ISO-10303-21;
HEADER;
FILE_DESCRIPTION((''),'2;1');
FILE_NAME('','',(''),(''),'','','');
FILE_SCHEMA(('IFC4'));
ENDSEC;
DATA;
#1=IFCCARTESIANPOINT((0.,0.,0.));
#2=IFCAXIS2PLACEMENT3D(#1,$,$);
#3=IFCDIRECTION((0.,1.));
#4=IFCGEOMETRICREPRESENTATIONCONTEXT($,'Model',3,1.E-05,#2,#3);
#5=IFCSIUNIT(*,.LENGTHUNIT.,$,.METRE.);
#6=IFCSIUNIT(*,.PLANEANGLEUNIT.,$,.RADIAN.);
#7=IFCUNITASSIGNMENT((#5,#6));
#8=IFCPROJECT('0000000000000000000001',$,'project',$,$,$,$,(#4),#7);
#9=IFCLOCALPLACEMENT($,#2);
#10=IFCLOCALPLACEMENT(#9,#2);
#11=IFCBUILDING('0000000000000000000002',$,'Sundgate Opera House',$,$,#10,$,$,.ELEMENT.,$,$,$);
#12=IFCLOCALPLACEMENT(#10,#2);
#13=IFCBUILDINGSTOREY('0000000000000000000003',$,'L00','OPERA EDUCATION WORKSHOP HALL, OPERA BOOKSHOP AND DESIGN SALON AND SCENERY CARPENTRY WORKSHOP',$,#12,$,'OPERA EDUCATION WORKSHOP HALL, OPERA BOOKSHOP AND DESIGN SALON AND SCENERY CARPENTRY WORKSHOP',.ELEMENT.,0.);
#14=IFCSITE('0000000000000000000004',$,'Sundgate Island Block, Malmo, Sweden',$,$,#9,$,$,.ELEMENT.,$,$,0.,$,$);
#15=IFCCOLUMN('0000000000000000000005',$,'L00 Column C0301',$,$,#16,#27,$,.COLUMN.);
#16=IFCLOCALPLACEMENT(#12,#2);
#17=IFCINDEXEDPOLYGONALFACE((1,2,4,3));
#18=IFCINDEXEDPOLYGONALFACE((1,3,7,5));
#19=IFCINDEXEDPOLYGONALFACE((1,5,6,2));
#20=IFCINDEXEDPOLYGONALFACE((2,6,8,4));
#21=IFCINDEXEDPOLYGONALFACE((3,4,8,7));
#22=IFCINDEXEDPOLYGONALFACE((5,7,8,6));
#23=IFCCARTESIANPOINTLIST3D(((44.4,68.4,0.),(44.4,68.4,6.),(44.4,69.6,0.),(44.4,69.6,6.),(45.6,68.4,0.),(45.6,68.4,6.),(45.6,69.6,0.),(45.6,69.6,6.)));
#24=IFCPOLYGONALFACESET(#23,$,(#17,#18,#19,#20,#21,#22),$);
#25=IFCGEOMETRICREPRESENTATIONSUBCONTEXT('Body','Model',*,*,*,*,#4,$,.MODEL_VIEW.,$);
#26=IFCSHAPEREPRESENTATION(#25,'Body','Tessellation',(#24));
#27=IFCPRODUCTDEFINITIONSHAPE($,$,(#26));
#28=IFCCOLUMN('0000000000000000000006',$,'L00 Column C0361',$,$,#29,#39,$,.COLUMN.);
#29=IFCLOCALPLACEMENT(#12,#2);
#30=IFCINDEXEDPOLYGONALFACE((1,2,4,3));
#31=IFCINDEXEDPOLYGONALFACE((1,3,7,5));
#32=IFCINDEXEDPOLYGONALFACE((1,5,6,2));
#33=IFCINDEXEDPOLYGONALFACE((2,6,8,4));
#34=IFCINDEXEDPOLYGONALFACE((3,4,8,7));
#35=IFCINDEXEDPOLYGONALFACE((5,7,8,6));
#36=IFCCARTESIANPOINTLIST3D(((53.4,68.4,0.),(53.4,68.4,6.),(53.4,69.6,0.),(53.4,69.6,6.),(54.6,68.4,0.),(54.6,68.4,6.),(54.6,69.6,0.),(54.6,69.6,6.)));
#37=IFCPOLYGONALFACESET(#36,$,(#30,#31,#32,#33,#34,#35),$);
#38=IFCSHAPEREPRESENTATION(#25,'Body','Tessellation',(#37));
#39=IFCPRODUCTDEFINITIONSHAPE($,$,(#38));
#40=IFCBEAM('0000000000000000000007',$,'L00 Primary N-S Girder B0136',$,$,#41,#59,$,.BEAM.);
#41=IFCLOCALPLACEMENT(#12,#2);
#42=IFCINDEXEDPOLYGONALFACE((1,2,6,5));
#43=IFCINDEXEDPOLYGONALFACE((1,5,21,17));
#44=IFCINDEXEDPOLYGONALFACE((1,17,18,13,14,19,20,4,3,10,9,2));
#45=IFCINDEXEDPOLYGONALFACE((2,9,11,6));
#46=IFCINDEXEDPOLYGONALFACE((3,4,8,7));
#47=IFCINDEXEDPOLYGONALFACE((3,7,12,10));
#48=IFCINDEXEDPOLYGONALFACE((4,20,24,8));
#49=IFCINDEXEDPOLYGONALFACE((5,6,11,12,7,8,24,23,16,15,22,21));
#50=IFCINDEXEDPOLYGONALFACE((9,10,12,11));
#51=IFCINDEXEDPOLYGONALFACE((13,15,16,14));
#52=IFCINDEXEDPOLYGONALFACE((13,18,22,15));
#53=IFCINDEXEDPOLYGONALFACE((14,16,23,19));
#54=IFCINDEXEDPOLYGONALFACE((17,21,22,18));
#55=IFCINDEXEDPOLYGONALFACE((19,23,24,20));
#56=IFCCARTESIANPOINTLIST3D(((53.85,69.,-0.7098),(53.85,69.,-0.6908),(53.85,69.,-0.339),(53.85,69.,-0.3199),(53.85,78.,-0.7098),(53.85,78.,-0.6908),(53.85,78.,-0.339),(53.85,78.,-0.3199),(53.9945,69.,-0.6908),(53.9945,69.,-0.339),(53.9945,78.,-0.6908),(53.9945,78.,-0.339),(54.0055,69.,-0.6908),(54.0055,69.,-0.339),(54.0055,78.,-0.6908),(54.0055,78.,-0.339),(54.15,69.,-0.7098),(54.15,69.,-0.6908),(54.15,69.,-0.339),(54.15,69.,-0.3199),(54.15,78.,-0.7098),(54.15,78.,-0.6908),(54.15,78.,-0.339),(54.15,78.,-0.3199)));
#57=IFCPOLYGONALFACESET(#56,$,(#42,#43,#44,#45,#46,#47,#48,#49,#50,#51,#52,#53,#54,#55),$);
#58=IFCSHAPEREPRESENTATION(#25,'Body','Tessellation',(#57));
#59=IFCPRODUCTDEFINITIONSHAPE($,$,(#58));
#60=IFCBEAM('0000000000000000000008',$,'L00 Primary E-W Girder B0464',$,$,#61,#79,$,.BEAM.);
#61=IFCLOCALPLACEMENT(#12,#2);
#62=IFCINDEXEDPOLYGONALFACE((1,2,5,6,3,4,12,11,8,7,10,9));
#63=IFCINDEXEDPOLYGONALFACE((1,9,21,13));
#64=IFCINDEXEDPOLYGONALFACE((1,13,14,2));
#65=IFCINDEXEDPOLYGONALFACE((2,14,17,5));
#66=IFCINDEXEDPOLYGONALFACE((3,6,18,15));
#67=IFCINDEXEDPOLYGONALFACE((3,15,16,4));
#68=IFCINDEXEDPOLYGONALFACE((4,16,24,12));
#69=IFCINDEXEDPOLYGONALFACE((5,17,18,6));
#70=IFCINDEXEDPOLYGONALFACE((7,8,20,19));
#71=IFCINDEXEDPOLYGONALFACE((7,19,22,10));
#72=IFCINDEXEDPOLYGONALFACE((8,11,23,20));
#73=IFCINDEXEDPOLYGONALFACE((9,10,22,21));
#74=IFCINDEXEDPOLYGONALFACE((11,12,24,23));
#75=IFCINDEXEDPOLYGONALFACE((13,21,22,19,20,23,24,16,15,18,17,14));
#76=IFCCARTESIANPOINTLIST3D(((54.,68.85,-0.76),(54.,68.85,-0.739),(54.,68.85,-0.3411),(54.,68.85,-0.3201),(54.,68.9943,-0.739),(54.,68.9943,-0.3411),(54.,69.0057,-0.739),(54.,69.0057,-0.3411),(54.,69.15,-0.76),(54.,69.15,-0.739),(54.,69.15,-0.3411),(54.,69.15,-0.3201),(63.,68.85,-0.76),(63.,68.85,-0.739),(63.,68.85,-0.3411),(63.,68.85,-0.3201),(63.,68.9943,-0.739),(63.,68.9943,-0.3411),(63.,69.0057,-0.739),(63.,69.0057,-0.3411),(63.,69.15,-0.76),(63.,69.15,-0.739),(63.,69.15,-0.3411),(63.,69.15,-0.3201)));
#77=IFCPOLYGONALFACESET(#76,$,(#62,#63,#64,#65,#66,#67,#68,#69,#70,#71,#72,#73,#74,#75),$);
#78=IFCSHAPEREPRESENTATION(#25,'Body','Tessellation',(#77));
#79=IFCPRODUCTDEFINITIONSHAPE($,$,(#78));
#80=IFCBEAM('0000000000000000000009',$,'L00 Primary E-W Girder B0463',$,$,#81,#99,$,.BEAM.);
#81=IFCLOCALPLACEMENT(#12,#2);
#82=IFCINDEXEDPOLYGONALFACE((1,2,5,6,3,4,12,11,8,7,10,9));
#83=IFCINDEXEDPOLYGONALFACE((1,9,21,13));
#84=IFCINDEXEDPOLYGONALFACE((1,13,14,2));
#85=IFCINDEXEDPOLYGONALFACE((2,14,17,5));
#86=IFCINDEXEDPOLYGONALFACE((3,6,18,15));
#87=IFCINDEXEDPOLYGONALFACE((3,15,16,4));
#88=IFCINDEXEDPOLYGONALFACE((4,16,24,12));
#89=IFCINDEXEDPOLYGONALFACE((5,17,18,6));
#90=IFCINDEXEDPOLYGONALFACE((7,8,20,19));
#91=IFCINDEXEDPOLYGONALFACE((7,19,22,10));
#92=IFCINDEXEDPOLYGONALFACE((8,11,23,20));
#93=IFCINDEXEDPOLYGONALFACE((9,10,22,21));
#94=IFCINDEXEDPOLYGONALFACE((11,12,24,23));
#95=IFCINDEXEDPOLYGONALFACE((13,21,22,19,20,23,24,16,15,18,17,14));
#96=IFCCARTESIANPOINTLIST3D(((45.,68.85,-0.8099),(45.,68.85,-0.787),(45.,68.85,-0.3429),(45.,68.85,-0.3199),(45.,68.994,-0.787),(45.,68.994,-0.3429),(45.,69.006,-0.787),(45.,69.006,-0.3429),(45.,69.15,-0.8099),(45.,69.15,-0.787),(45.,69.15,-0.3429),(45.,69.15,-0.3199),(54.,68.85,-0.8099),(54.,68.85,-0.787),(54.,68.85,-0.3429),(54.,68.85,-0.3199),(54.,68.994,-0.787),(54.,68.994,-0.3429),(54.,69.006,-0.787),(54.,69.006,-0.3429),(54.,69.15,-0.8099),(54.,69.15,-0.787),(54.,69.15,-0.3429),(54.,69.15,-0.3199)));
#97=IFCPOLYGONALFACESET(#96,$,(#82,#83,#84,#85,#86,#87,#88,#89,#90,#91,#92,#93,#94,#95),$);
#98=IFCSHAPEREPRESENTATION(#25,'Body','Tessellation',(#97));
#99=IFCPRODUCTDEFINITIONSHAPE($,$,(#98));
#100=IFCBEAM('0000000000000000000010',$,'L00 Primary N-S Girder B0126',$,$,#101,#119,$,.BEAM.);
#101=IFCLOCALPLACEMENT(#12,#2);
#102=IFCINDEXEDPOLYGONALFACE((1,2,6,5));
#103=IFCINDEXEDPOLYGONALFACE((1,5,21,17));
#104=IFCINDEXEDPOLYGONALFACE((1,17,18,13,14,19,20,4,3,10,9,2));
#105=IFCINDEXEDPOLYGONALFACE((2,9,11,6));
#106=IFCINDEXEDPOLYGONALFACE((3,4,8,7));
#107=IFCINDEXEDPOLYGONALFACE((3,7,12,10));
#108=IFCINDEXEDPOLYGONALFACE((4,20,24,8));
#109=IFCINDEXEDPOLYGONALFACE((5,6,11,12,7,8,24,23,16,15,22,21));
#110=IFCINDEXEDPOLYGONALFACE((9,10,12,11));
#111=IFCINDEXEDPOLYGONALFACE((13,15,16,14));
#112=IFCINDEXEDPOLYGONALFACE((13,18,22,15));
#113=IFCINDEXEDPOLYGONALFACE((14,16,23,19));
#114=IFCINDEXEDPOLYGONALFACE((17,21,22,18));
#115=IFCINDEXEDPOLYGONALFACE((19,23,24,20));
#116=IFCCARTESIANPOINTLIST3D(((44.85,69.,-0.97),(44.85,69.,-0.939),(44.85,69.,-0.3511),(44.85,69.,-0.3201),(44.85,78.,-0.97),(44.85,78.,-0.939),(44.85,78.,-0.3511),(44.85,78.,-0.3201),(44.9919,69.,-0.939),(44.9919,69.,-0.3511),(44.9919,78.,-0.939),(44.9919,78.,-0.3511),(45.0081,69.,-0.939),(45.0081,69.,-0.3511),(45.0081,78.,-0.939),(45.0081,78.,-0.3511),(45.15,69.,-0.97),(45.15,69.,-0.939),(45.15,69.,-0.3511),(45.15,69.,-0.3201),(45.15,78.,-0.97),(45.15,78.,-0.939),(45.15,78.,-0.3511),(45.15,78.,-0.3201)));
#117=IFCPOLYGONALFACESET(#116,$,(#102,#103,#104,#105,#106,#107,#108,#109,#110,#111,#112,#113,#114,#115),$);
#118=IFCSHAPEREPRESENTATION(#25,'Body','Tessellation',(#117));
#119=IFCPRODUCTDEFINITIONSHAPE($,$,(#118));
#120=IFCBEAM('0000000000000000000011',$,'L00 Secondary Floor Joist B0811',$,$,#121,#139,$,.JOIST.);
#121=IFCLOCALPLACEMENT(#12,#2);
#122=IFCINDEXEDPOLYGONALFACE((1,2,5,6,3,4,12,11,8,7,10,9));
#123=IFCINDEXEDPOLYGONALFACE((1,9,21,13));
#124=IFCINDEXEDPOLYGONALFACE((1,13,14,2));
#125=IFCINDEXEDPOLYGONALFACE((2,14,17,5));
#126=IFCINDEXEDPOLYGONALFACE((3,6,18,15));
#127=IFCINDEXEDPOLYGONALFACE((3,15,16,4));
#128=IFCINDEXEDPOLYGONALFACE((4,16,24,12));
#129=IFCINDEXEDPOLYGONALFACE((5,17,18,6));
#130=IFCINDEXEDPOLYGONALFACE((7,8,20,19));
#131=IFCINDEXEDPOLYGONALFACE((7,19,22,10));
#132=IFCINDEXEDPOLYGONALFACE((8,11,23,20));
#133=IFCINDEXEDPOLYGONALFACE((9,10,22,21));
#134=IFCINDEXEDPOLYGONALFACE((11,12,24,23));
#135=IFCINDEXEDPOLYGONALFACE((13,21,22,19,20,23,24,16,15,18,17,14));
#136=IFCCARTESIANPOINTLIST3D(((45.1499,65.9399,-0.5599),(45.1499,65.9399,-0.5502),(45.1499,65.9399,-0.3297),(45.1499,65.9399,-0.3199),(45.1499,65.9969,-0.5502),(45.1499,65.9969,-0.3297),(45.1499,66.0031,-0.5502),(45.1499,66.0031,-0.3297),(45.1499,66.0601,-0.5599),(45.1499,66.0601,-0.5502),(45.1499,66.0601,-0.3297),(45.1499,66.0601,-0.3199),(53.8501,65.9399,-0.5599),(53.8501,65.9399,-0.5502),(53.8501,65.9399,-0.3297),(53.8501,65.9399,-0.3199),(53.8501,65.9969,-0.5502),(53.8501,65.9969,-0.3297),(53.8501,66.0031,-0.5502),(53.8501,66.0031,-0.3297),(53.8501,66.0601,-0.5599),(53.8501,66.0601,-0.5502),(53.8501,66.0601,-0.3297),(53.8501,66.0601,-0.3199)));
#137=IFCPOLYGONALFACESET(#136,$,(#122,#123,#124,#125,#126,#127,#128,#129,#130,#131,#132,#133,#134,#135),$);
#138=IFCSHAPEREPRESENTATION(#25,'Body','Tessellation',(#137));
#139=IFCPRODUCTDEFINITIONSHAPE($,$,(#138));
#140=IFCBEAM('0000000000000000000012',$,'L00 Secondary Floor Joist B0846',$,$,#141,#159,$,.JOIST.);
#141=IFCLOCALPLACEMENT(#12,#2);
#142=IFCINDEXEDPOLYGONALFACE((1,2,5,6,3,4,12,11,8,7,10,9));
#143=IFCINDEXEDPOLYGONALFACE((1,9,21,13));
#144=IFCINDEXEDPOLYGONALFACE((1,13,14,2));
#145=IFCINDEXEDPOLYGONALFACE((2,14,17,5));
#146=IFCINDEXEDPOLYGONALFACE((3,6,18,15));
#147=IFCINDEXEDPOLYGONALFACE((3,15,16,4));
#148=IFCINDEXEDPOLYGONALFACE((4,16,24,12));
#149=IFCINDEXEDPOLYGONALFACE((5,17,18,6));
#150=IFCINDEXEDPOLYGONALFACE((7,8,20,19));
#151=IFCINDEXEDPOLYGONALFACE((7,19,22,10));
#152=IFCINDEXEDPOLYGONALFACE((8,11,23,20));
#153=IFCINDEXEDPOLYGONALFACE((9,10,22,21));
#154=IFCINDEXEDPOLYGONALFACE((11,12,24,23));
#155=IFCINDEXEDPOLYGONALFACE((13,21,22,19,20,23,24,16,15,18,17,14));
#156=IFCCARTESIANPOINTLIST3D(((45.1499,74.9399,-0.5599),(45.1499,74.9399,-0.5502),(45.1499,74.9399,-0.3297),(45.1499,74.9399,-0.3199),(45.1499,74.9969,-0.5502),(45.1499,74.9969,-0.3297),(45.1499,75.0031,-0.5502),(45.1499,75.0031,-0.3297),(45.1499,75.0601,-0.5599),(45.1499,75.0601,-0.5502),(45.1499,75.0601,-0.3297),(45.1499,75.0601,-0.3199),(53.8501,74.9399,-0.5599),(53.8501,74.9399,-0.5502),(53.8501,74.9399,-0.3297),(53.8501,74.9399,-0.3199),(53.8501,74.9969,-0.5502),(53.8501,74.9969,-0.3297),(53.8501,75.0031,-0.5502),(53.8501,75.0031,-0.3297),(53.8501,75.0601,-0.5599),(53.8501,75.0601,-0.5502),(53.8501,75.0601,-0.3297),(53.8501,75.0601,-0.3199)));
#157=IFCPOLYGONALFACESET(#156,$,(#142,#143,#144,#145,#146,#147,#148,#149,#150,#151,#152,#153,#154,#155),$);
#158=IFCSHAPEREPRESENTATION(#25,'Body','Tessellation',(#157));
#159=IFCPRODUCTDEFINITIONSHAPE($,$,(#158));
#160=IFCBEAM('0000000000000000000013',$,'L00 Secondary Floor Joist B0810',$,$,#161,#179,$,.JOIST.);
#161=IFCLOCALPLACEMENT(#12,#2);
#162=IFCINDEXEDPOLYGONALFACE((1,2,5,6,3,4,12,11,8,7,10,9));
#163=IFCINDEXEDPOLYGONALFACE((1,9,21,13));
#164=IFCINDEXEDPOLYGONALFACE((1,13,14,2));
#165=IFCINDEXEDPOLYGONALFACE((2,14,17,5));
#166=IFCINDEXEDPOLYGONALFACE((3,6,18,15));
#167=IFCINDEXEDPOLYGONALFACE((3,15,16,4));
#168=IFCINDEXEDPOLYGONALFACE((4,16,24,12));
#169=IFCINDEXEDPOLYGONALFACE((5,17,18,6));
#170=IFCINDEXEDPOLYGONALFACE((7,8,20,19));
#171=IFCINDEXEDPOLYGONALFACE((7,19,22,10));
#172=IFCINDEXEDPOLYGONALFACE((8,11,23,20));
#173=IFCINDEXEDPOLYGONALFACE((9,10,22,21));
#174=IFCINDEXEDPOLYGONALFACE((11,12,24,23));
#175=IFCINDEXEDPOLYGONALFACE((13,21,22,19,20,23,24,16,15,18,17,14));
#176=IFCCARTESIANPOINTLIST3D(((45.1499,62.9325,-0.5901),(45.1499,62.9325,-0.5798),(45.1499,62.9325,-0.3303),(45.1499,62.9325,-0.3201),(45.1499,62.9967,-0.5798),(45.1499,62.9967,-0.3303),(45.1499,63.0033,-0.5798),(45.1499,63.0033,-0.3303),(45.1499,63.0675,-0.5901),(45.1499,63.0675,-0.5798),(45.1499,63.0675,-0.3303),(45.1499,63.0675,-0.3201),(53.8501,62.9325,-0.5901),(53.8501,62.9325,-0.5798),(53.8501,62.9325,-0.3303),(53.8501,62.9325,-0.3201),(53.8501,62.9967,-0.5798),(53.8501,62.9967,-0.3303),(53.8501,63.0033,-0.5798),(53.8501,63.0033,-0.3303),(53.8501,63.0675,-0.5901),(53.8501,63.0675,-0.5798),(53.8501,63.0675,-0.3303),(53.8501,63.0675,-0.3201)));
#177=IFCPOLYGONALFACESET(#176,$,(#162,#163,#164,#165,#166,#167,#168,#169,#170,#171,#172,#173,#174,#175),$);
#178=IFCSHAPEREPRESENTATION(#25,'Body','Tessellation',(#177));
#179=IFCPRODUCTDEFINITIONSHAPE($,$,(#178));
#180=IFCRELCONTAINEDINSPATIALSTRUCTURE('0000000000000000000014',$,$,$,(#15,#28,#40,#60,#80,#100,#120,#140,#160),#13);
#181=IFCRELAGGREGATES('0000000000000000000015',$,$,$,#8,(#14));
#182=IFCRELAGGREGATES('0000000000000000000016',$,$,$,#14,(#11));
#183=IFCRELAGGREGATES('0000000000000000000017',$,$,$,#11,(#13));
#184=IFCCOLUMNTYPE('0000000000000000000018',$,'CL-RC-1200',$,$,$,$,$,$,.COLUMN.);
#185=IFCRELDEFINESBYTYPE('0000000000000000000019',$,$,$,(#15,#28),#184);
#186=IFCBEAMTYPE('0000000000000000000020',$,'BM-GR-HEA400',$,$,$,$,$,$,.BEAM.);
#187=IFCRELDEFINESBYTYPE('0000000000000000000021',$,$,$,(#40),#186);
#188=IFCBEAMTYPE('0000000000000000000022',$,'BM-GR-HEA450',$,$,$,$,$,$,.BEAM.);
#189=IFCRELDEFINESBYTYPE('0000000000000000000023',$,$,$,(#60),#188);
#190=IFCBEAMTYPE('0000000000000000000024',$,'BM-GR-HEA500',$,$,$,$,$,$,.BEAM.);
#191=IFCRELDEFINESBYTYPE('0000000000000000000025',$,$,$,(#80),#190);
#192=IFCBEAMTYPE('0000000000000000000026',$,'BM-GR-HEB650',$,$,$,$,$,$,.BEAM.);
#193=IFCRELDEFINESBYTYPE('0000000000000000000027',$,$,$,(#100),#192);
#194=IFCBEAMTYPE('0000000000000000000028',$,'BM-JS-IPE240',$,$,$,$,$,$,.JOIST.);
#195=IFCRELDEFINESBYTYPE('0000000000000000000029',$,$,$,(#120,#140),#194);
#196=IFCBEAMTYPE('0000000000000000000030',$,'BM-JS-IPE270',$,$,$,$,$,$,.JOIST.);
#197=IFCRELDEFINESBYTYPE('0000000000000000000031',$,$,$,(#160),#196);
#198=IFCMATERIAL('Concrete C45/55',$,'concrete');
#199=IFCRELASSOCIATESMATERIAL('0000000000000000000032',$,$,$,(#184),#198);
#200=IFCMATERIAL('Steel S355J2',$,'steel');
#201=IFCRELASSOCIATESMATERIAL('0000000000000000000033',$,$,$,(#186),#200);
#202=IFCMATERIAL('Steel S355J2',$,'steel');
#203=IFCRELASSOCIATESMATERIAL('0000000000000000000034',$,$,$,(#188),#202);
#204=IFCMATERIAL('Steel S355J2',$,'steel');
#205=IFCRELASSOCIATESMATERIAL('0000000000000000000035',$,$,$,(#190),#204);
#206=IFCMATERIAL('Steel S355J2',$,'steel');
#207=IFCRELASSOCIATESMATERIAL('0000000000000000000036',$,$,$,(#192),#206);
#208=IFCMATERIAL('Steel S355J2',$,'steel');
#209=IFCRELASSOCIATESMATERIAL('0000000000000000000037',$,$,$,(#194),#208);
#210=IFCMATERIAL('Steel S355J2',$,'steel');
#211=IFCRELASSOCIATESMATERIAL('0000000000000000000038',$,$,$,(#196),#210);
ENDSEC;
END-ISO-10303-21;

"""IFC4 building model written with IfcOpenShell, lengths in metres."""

from ifc_helpers import new_model, si_unit, direction, frame, origin, origin_2d, place, context, subcontext, project, spatial, rectangle, i_section, extrude, material, material_profile, profile_set, type_object, element, save


model = new_model("IFC4")

# Units and contexts
model_context = context("Model", 3, precision=1e-05, world=origin(), true_north=direction((0.0, 1.0)))
body_context = subcontext(model_context, "Body", "Model", "MODEL_VIEW")
ifc_project = project(units=[si_unit("LENGTHUNIT", "METRE"), si_unit("PLANEANGLEUNIT", "RADIAN")], contexts=[model_context])

# Site, building, storey
site_placement = place(None, origin())
site = spatial("IfcSite", under=ifc_project, at=site_placement, Name="Sundgate Island Block, Malmo, Sweden", CompositionType="ELEMENT", RefElevation=0.0)
building_placement = place(site_placement, origin())
building = spatial("IfcBuilding", under=site, at=building_placement, Name="Sundgate Opera House", CompositionType="ELEMENT")
storey_placement = place(building_placement, origin())
storey = spatial("IfcBuildingStorey", under=building, at=storey_placement, Name="L00", Description="OPERA EDUCATION WORKSHOP HALL, OPERA BOOKSHOP AND DESIGN SALON AND SCENERY CARPENTRY WORKSHOP", LongName="OPERA EDUCATION WORKSHOP HALL, OPERA BOOKSHOP AND DESIGN SALON AND SCENERY CARPENTRY WORKSHOP", CompositionType="ELEMENT", Elevation=0.0)

# Columns
ifc_material_1 = material(Name="Concrete C45/55", Category="concrete")
ifc_material_profile_1 = material_profile(ifc_material_1, rectangle(XDim=1.2, YDim=1.2, at=origin_2d()), Name="RC 1200x1200")
ifc_profile_set_1 = profile_set([ifc_material_profile_1], Name="Concrete C45/55")
column_type = type_object("IfcColumnType", Name="CL-RC-1200", PredefinedType="COLUMN", material=ifc_profile_set_1)
for number, where, z_axis, x_axis, name in (
    (1, (45.0, 69.0, 0.0), (0.0, 0.0, 1.0), (1.0, 0.0, 0.0), "L00 Column C0301"),
    (2, (54.0, 69.0, 0.0), (0.0, 0.0, 1.0), (1.0, 0.0, 0.0), "L00 Column C0361"),
):
    element("IfcColumn", number, at=place(storey_placement, frame(where, z_axis=z_axis, x_axis=x_axis)), inside=storey, type_object=column_type, Name=name, PredefinedType="COLUMN", context=body_context, shape_type="SweptSolid", body=[
        extrude(rectangle(XDim=1.2, YDim=1.2, at=origin_2d()), origin(), (0.0, 0.0, 1.0), 6.0),
    ])

# Beams
ifc_material_2 = material(Name="Steel S355J2", Category="steel")
ifc_material_profile_2 = material_profile(ifc_material_2, i_section(OverallWidth=0.3, OverallDepth=0.3899, WebThickness=0.011, FlangeThickness=0.019, at=origin_2d()), Name="HEA 400")
ifc_profile_set_2 = profile_set([ifc_material_profile_2], Name="Steel S355J2")
beam_type_1 = type_object("IfcBeamType", Name="BM-GR-HEA400", PredefinedType="BEAM", material=ifc_profile_set_2)
beam_1_placement = place(storey_placement, frame((54.0, 69.0, -0.5149), z_axis=(0.0, 1.0, 0.0), x_axis=(-1.0, 0.0, 0.0)))
element("IfcBeam", 3, at=beam_1_placement, inside=storey, type_object=beam_type_1, Name="L00 Primary N-S Girder B0136", PredefinedType="BEAM", context=body_context, shape_type="SweptSolid", body=[
    extrude(i_section(OverallWidth=0.3, OverallDepth=0.3899, WebThickness=0.011, FlangeThickness=0.019, at=origin_2d()), origin(), (0.0, 0.0, 1.0), 9.0),
])
ifc_material_3 = material(Name="Steel S355J2", Category="steel")
ifc_material_profile_3 = material_profile(ifc_material_3, i_section(OverallWidth=0.3, OverallDepth=0.4399, WebThickness=0.0115, FlangeThickness=0.021, at=origin_2d()), Name="HEA 450")
ifc_profile_set_3 = profile_set([ifc_material_profile_3], Name="Steel S355J2")
beam_type_2 = type_object("IfcBeamType", Name="BM-GR-HEA450", PredefinedType="BEAM", material=ifc_profile_set_3)
beam_2_placement = place(storey_placement, frame((54.0, 69.0, -0.54), z_axis=(1.0, 0.0, 0.0), x_axis=(0.0, 1.0, 0.0)))
element("IfcBeam", 4, at=beam_2_placement, inside=storey, type_object=beam_type_2, Name="L00 Primary E-W Girder B0464", PredefinedType="BEAM", context=body_context, shape_type="SweptSolid", body=[
    extrude(i_section(OverallWidth=0.3, OverallDepth=0.4399, WebThickness=0.0115, FlangeThickness=0.021, at=origin_2d()), origin(), (0.0, 0.0, 1.0), 9.0),
])
ifc_material_4 = material(Name="Steel S355J2", Category="steel")
ifc_material_profile_4 = material_profile(ifc_material_4, i_section(OverallWidth=0.3, OverallDepth=0.49, WebThickness=0.012, FlangeThickness=0.0229, at=origin_2d()), Name="HEA 500")
ifc_profile_set_4 = profile_set([ifc_material_profile_4], Name="Steel S355J2")
beam_type_3 = type_object("IfcBeamType", Name="BM-GR-HEA500", PredefinedType="BEAM", material=ifc_profile_set_4)
beam_3_placement = place(storey_placement, frame((45.0, 69.0, -0.5649), z_axis=(1.0, 0.0, 0.0), x_axis=(0.0, 1.0, 0.0)))
element("IfcBeam", 5, at=beam_3_placement, inside=storey, type_object=beam_type_3, Name="L00 Primary E-W Girder B0463", PredefinedType="BEAM", context=body_context, shape_type="SweptSolid", body=[
    extrude(i_section(OverallWidth=0.3, OverallDepth=0.49, WebThickness=0.012, FlangeThickness=0.0229, at=origin_2d()), origin(), (0.0, 0.0, 1.0), 9.0),
])
ifc_material_5 = material(Name="Steel S355J2", Category="steel")
ifc_material_profile_5 = material_profile(ifc_material_5, i_section(OverallWidth=0.3, OverallDepth=0.6499, WebThickness=0.0161, FlangeThickness=0.031, at=origin_2d()), Name="HEB 650")
ifc_profile_set_5 = profile_set([ifc_material_profile_5], Name="Steel S355J2")
beam_type_4 = type_object("IfcBeamType", Name="BM-GR-HEB650", PredefinedType="BEAM", material=ifc_profile_set_5)
beam_4_placement = place(storey_placement, frame((45.0, 69.0, -0.645), z_axis=(0.0, 1.0, 0.0), x_axis=(-1.0, 0.0, 0.0)))
element("IfcBeam", 6, at=beam_4_placement, inside=storey, type_object=beam_type_4, Name="L00 Primary N-S Girder B0126", PredefinedType="BEAM", context=body_context, shape_type="SweptSolid", body=[
    extrude(i_section(OverallWidth=0.3, OverallDepth=0.6499, WebThickness=0.0161, FlangeThickness=0.031, at=origin_2d()), origin(), (0.0, 0.0, 1.0), 9.0),
])
ifc_material_6 = material(Name="Steel S355J2", Category="steel")
ifc_material_profile_6 = material_profile(ifc_material_6, i_section(OverallWidth=0.1201, OverallDepth=0.24, WebThickness=0.0061, FlangeThickness=0.0098, at=origin_2d()), Name="IPE 240")
ifc_profile_set_6 = profile_set([ifc_material_profile_6], Name="Steel S355J2")
beam_type_5 = type_object("IfcBeamType", Name="BM-JS-IPE240", PredefinedType="JOIST", material=ifc_profile_set_6)
for number, where, z_axis, x_axis, name in (
    (7, (45.1499, 66.0, -0.4399), (1.0, 0.0, 0.0), (0.0, 1.0, 0.0), "L00 Secondary Floor Joist B0811"),
    (8, (45.1499, 75.0, -0.4399), (1.0, 0.0, 0.0), (0.0, 1.0, 0.0), "L00 Secondary Floor Joist B0846"),
):
    element("IfcBeam", number, at=place(storey_placement, frame(where, z_axis=z_axis, x_axis=x_axis)), inside=storey, type_object=beam_type_5, Name=name, PredefinedType="JOIST", context=body_context, shape_type="SweptSolid", body=[
        extrude(i_section(OverallWidth=0.1201, OverallDepth=0.24, WebThickness=0.0061, FlangeThickness=0.0098, at=origin_2d()), origin(), (0.0, 0.0, 1.0), 8.7002),
    ])
ifc_material_7 = material(Name="Steel S355J2", Category="steel")
ifc_material_profile_7 = material_profile(ifc_material_7, i_section(OverallWidth=0.135, OverallDepth=0.27, WebThickness=0.0066, FlangeThickness=0.0103, at=origin_2d()), Name="IPE 270")
ifc_profile_set_7 = profile_set([ifc_material_profile_7], Name="Steel S355J2")
beam_type_6 = type_object("IfcBeamType", Name="BM-JS-IPE270", PredefinedType="JOIST", material=ifc_profile_set_7)
for number, where, z_axis, x_axis, name in (
    (9, (45.1499, 63.0, -0.4551), (1.0, 0.0, 0.0), (0.0, 1.0, 0.0), "L00 Secondary Floor Joist B0810"),
):
    element("IfcBeam", number, at=place(storey_placement, frame(where, z_axis=z_axis, x_axis=x_axis)), inside=storey, type_object=beam_type_6, Name=name, PredefinedType="JOIST", context=body_context, shape_type="SweptSolid", body=[
        extrude(i_section(OverallWidth=0.135, OverallDepth=0.27, WebThickness=0.0066, FlangeThickness=0.0103, at=origin_2d()), origin(), (0.0, 0.0, 1.0), 8.7002),
    ])

save(model, "model.ifc")
